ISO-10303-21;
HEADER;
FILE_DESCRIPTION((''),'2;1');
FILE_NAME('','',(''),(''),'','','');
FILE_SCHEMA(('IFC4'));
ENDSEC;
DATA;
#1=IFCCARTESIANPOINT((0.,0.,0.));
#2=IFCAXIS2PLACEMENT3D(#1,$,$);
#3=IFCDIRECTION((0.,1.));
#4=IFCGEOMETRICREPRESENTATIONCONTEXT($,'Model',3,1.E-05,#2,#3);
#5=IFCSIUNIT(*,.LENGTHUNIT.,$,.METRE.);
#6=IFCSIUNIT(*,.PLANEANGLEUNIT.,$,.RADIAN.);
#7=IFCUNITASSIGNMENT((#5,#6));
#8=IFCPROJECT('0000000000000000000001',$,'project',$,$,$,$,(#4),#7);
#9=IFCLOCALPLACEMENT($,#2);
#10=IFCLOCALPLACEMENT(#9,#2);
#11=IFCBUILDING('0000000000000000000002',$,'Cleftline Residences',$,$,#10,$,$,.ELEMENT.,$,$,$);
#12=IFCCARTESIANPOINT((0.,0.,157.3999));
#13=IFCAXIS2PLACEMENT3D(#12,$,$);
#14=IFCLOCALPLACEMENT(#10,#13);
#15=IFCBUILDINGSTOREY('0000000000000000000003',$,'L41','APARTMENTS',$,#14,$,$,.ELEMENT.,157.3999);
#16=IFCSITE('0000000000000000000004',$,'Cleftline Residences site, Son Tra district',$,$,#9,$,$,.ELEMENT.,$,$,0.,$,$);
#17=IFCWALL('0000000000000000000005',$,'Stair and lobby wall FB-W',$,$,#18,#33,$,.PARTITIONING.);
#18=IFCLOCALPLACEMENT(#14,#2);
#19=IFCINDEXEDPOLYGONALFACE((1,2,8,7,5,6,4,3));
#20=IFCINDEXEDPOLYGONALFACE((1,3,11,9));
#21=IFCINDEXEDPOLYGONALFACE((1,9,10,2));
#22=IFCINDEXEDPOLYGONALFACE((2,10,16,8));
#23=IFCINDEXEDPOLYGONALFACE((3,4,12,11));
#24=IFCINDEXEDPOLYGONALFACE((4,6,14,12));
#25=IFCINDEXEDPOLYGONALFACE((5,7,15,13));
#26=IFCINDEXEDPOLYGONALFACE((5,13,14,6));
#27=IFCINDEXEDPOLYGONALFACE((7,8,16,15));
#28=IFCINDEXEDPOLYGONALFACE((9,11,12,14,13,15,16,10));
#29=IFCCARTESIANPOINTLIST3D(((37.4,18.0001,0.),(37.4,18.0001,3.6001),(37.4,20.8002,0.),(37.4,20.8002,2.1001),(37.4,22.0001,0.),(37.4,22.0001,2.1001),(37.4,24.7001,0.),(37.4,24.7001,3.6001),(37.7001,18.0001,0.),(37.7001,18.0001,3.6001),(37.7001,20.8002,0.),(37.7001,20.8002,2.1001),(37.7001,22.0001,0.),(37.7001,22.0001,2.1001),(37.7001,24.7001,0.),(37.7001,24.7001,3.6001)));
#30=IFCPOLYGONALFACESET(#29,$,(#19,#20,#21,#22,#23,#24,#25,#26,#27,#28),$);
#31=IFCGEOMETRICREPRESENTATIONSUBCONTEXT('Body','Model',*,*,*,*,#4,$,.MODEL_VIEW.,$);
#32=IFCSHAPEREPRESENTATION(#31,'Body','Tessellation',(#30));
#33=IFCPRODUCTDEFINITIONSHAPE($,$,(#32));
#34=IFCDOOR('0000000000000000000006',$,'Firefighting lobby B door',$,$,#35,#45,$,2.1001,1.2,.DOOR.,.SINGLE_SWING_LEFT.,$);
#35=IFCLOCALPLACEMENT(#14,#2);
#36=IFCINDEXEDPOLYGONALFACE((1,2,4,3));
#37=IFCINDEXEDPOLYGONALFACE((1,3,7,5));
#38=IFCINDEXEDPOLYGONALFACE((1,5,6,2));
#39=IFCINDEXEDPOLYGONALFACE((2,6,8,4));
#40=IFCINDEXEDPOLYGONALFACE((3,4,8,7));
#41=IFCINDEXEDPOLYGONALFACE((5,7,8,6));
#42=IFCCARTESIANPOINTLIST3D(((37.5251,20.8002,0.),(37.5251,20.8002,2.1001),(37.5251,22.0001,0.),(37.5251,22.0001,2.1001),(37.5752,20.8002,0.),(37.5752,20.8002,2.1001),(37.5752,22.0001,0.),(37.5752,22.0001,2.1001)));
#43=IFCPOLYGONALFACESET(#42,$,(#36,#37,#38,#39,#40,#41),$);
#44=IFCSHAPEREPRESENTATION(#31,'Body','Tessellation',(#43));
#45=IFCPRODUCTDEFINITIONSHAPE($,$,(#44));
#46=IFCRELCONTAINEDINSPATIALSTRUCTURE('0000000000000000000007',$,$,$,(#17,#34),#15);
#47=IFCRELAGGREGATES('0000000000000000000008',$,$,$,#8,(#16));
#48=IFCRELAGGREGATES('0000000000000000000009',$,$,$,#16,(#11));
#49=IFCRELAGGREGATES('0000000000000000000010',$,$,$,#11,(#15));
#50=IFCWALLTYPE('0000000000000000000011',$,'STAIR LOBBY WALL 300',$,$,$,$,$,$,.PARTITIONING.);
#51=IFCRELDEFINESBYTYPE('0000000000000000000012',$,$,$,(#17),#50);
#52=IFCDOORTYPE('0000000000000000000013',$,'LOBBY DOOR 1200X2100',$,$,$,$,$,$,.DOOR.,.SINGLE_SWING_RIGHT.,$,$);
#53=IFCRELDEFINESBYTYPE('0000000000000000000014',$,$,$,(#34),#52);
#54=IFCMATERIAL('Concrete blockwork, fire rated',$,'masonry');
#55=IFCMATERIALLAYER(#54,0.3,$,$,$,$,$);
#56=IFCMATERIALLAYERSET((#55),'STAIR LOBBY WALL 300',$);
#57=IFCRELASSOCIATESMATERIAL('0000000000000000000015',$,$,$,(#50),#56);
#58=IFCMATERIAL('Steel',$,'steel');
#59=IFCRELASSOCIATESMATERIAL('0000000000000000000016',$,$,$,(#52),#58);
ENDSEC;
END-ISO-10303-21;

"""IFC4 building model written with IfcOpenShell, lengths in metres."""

from ifc_helpers import new_model, si_unit, direction, frame, frame_2d, origin, place, context, subcontext, project, spatial, rectangle, extrude, material, layer, layer_set, type_object, element, fill, save


model = new_model("IFC4")

# Units and contexts
model_context = context("Model", 3, precision=1e-05, world=origin(), true_north=direction((0.0, 1.0)))
body_context = subcontext(model_context, "Body", "Model", "MODEL_VIEW")
ifc_project = project(units=[si_unit("LENGTHUNIT", "METRE"), si_unit("PLANEANGLEUNIT", "RADIAN")], contexts=[model_context])

# Site, building, storey
site_placement = place(None, origin())
site = spatial("IfcSite", under=ifc_project, at=site_placement, Name="Cleftline Residences site, Son Tra district", CompositionType="ELEMENT", RefElevation=0.0)
building_placement = place(site_placement, origin())
building = spatial("IfcBuilding", under=site, at=building_placement, Name="Cleftline Residences", CompositionType="ELEMENT")
storey_placement = place(building_placement, frame((0.0, 0.0, 157.3999)))
storey = spatial("IfcBuildingStorey", under=building, at=storey_placement, Name="L41", Description="APARTMENTS", CompositionType="ELEMENT", Elevation=157.3999)

# Wall, opening, door
ifc_material_1 = material(Name="Concrete blockwork, fire rated", Category="masonry")
ifc_layer_1 = layer(ifc_material_1, 0.3)
ifc_layer_set_1 = layer_set([ifc_layer_1], Name="STAIR LOBBY WALL 300")
wall_type_1 = type_object("IfcWallType", Name="STAIR LOBBY WALL 300", PredefinedType="PARTITIONING", material=ifc_layer_set_1)
ifc_material_2 = material(Name="Steel", Category="steel")
door_type_1 = type_object("IfcDoorType", Name="LOBBY DOOR 1200X2100", OperationType="SINGLE_SWING_RIGHT", PredefinedType="DOOR", material=ifc_material_2)
wall_1_placement = place(storey_placement, frame((37.55, 18.0, 0.0), z_axis=(0.0, 0.0, 1.0), x_axis=(0.0, 1.0, 0.0)))
wall_1 = element("IfcWall", 1, at=wall_1_placement, inside=storey, type_object=wall_type_1, Name="Stair and lobby wall FB-W", PredefinedType="PARTITIONING", context=body_context, shape_type="SweptSolid", body=[
    extrude(rectangle(XDim=6.7, YDim=0.3, at=frame_2d((3.3501, 0.0))), origin(), (0.0, 0.0, 1.0), 3.6001),
])
opening_1_placement = place(wall_1_placement, frame((2.8, 0.0, 0.0)))
opening_1 = element("IfcOpeningElement", 2, at=opening_1_placement, cuts=wall_1, PredefinedType="OPENING", context=body_context, shape_type="SweptSolid", body=[
    extrude(rectangle(XDim=1.2, YDim=2.1001, at=frame_2d((0.6001, 1.05))), frame((0.0, 0.1599, 0.0), z_axis=(0.0, -1.0, 0.0), x_axis=(1.0, 0.0, 0.0)), (0.0, 0.0, 1.0), 0.3201),
])
door_1_placement = place(opening_1_placement, origin())
door_1 = element("IfcDoor", 3, at=door_1_placement, inside=storey, type_object=door_type_1, Name="Firefighting lobby B door", OperationType="SINGLE_SWING_LEFT", OverallHeight=2.1001, OverallWidth=1.2, PredefinedType="DOOR", context=body_context, shape_type="SweptSolid", body=[
    extrude(rectangle(XDim=1.2, YDim=2.1001, at=frame_2d((0.6001, 1.05))), frame((0.0, 0.0249, 0.0), z_axis=(0.0, -1.0, 0.0), x_axis=(1.0, 0.0, 0.0)), (0.0, 0.0, 1.0), 0.05),
])
fill(opening_1, door_1)

save(model, "model.ifc")
